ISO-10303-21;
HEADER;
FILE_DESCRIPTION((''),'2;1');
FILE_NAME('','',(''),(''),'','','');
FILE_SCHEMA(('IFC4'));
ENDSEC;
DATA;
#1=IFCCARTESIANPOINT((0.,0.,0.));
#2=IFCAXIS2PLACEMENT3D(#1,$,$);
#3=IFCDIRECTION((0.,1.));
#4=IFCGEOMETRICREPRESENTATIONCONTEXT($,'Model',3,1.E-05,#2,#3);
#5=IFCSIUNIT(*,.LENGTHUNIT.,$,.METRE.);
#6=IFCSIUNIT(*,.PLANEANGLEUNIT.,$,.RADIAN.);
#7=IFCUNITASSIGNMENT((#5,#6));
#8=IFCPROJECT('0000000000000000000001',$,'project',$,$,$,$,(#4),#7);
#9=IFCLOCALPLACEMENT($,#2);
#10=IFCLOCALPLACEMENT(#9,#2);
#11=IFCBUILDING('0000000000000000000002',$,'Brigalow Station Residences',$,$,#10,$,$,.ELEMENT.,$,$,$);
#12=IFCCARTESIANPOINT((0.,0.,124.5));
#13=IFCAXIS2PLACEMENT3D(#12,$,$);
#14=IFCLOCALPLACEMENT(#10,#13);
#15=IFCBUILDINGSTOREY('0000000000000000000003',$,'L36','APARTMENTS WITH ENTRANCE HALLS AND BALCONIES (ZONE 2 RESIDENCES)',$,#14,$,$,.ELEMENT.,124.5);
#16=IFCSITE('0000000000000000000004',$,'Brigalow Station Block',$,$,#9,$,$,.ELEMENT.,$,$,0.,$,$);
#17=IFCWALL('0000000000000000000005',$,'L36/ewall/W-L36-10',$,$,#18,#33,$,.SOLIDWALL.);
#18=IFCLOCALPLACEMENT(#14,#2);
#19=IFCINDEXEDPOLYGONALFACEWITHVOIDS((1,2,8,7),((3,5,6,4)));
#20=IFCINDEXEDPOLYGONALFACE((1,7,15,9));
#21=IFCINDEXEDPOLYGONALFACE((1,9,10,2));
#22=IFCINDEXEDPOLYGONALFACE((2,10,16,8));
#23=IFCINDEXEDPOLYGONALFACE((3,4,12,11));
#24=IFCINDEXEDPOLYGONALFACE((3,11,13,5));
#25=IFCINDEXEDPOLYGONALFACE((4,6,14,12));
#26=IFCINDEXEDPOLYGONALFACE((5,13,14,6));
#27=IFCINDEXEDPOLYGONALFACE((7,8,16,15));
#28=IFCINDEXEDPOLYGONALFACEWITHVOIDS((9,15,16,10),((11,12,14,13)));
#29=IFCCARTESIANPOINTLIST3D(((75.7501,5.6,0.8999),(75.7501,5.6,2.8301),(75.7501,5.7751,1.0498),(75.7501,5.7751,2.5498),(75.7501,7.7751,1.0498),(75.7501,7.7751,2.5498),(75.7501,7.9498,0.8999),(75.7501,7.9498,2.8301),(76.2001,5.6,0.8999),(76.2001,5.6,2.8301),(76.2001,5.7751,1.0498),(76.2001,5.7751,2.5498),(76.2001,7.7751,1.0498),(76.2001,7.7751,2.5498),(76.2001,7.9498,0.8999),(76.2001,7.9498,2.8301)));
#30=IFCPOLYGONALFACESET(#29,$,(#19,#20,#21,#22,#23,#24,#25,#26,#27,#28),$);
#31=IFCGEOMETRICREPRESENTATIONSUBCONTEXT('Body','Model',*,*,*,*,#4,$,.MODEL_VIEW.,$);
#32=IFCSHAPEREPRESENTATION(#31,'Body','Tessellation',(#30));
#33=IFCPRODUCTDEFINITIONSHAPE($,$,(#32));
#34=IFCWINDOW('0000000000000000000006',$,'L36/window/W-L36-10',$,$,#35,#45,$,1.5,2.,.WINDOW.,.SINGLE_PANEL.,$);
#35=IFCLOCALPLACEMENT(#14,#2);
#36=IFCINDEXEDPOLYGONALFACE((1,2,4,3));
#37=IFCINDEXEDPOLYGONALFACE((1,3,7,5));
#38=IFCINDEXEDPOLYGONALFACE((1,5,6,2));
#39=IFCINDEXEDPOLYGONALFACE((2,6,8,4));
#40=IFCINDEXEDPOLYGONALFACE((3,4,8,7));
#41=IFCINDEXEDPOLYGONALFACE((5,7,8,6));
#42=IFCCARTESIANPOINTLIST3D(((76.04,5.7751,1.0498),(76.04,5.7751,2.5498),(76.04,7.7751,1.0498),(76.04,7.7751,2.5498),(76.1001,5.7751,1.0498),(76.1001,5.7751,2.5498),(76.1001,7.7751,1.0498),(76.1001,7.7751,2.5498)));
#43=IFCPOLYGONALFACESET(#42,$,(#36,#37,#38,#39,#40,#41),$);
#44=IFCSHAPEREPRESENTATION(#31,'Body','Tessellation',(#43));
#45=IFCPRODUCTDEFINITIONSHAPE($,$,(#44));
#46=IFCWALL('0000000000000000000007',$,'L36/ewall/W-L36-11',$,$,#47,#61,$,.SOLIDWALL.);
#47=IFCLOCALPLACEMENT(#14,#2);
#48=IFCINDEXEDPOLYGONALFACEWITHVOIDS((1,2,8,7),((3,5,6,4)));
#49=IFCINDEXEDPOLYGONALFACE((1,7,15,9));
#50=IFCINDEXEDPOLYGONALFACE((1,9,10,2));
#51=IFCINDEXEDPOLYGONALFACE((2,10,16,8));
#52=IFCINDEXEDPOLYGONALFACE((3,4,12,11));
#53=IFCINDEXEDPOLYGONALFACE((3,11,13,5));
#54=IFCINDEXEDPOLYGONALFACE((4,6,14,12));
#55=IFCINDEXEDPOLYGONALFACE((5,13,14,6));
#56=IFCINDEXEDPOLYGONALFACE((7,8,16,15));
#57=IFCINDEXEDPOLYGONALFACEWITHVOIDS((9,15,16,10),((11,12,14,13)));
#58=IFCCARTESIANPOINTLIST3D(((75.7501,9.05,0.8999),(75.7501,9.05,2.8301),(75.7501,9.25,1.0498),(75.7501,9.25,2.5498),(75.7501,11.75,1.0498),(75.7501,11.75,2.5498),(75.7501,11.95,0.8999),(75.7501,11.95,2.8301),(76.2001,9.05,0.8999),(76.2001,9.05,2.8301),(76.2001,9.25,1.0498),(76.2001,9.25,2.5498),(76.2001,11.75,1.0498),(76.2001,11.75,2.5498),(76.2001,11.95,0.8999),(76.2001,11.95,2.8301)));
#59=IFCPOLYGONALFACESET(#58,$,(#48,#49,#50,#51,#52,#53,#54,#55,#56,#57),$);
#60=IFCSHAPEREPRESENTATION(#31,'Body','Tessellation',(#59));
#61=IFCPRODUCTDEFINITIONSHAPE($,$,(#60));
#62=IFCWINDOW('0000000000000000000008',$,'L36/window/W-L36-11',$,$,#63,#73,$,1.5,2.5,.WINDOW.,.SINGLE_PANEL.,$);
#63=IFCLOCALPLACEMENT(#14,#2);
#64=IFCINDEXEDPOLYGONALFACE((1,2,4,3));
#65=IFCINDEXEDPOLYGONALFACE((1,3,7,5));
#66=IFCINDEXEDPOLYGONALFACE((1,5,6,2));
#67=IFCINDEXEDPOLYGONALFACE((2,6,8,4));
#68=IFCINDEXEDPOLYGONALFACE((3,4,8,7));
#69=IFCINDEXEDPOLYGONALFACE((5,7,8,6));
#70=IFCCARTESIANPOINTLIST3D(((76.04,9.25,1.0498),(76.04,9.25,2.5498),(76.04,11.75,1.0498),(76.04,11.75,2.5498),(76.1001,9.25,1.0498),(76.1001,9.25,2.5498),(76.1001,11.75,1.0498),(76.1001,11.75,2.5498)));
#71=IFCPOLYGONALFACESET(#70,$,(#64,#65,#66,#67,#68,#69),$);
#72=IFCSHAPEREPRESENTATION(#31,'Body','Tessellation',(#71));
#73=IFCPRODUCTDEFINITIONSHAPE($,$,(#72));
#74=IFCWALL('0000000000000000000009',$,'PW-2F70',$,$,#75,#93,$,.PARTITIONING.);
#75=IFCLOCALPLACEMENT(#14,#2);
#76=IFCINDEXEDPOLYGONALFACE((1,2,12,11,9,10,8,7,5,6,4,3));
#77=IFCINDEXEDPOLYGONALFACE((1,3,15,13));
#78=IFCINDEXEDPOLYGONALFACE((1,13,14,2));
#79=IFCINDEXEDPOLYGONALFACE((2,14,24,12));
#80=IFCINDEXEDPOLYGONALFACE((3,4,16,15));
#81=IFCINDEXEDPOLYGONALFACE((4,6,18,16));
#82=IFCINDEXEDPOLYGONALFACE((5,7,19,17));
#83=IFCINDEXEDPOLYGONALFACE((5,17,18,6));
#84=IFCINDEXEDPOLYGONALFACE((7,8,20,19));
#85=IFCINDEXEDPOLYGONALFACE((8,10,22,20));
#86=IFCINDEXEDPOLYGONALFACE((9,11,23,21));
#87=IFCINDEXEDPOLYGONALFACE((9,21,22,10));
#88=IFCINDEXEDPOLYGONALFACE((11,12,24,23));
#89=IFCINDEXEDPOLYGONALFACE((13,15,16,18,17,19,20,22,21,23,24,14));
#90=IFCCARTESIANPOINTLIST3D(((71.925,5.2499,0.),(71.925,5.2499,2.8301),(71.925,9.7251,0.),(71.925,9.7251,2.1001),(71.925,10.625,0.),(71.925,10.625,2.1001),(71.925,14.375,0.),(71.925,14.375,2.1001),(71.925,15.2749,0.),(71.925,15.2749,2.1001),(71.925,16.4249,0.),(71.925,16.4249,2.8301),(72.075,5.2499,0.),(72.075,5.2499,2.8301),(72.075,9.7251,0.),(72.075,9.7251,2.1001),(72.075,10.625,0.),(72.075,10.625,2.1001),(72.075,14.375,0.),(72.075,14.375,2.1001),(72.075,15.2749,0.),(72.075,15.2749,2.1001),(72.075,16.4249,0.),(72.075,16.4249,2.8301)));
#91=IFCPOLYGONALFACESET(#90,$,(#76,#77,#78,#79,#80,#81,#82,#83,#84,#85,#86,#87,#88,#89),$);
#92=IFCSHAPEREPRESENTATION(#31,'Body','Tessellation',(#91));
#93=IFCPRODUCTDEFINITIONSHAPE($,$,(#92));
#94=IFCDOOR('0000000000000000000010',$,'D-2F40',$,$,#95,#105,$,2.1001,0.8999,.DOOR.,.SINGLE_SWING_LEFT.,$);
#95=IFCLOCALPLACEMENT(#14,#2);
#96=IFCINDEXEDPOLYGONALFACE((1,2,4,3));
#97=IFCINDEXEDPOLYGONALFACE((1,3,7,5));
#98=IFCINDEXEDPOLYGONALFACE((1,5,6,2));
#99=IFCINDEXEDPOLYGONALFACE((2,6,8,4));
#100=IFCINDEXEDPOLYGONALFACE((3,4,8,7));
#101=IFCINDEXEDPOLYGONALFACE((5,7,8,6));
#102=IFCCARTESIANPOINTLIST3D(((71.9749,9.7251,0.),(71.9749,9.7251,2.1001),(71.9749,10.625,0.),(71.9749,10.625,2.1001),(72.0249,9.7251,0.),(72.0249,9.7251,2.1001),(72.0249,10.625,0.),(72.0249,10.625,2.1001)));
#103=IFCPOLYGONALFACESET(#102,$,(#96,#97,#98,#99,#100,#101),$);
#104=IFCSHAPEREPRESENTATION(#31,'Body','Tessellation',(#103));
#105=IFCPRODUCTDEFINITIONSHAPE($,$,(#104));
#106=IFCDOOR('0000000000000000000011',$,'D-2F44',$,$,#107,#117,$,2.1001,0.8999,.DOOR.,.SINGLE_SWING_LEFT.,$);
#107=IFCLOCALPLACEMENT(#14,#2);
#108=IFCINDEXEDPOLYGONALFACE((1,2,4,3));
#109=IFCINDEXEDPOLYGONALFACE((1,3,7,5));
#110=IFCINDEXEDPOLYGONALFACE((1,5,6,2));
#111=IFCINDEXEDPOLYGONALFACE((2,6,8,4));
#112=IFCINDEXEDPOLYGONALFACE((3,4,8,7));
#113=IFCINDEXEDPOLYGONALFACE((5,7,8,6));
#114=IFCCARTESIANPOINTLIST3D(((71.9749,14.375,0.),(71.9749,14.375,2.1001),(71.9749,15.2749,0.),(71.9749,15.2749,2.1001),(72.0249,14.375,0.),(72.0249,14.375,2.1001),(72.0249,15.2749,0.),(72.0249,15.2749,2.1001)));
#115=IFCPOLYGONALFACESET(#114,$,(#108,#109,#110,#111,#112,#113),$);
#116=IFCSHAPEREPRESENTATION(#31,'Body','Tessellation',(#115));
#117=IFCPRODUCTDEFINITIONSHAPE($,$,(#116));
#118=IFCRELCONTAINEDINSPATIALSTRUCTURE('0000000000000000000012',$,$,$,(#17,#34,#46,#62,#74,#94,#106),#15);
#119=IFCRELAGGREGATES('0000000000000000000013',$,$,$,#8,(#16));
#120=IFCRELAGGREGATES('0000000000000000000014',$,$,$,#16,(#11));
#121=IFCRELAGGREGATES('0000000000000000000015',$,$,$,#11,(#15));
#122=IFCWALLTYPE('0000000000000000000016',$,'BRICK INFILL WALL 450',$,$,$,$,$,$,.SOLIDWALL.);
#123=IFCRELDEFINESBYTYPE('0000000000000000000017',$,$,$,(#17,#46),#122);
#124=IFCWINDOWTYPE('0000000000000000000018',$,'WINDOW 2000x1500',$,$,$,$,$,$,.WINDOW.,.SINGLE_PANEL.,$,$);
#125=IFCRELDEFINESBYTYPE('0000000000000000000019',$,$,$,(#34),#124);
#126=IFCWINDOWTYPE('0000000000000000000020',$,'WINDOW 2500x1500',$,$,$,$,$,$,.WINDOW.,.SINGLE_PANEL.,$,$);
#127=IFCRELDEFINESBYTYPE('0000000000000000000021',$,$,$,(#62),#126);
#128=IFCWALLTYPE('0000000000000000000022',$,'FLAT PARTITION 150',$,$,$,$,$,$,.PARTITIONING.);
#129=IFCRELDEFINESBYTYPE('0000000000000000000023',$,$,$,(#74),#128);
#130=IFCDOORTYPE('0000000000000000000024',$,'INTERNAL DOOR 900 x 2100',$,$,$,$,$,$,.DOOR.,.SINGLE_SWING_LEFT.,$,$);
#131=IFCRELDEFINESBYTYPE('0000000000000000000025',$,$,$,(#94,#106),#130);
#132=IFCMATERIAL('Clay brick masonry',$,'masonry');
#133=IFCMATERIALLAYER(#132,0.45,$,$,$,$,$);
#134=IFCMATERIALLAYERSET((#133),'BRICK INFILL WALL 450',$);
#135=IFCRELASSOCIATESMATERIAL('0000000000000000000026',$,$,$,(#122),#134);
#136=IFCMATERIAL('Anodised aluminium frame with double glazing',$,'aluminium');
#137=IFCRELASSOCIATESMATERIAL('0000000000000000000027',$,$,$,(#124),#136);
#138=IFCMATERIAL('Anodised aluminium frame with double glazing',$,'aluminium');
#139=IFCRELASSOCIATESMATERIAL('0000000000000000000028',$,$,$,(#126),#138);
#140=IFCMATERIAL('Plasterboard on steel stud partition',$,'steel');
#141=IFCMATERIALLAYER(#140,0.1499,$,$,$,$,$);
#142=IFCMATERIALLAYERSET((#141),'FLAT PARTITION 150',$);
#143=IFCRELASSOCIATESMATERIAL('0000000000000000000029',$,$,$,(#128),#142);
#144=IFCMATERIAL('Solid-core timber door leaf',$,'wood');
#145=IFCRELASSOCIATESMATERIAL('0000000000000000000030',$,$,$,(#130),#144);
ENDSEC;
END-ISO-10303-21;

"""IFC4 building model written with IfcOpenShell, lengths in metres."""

from ifc_helpers import new_model, si_unit, direction, frame, frame_2d, origin, place, context, subcontext, project, spatial, rectangle, extrude, material, layer, layer_set, type_object, element, fill, save


model = new_model("IFC4")

# Units and contexts
model_context = context("Model", 3, precision=1e-05, world=origin(), true_north=direction((0.0, 1.0)))
body_context = subcontext(model_context, "Body", "Model", "MODEL_VIEW")
ifc_project = project(units=[si_unit("LENGTHUNIT", "METRE"), si_unit("PLANEANGLEUNIT", "RADIAN")], contexts=[model_context])

# Site, building, storey
site_placement = place(None, origin())
site = spatial("IfcSite", under=ifc_project, at=site_placement, Name="Brigalow Station Block", CompositionType="ELEMENT", RefElevation=0.0)
building_placement = place(site_placement, origin())
building = spatial("IfcBuilding", under=site, at=building_placement, Name="Brigalow Station Residences", CompositionType="ELEMENT")
storey_placement = place(building_placement, frame((0.0, 0.0, 124.5)))
storey = spatial("IfcBuildingStorey", under=building, at=storey_placement, Name="L36", Description="APARTMENTS WITH ENTRANCE HALLS AND BALCONIES (ZONE 2 RESIDENCES)", CompositionType="ELEMENT", Elevation=124.5)

# Walls, openings, windows
ifc_material_1 = material(Name="Clay brick masonry", Category="masonry")
ifc_layer_1 = layer(ifc_material_1, 0.45)
ifc_layer_set_1 = layer_set([ifc_layer_1], Name="BRICK INFILL WALL 450")
wall_type_1 = type_object("IfcWallType", Name="BRICK INFILL WALL 450", PredefinedType="SOLIDWALL", material=ifc_layer_set_1)
wall_1_placement = place(storey_placement, frame((75.9751, 5.6001, 0.8999), z_axis=(0.0, 0.0, 1.0), x_axis=(0.0, 1.0, 0.0)))
wall_1 = element("IfcWall", 1, at=wall_1_placement, inside=storey, type_object=wall_type_1, Name="L36/ewall/W-L36-10", PredefinedType="SOLIDWALL", context=body_context, shape_type="SweptSolid", body=[
    extrude(rectangle(XDim=2.3499, YDim=0.45, at=frame_2d((1.1748, 0.0))), origin(), (0.0, 0.0, 1.0), 1.9302),
])
opening_1_placement = place(wall_1_placement, frame((0.175, 0.0, 0.1499)))
opening_1 = element("IfcOpeningElement", 2, at=opening_1_placement, cuts=wall_1, PredefinedType="OPENING", context=body_context, shape_type="SweptSolid", body=[
    extrude(rectangle(XDim=2.0, YDim=1.5, at=frame_2d((1.0, 0.75))), frame((0.0, 0.2349, 0.0), z_axis=(0.0, -1.0, 0.0), x_axis=(1.0, 0.0, 0.0)), (0.0, 0.0, 1.0), 0.47),
])
ifc_material_2 = material(Name="Anodised aluminium frame with double glazing", Category="aluminium")
window_type_1 = type_object("IfcWindowType", Name="WINDOW 2000x1500", PartitioningType="SINGLE_PANEL", PredefinedType="WINDOW", material=ifc_material_2)
window_1_placement = place(opening_1_placement, origin())
window_1 = element("IfcWindow", 3, at=window_1_placement, inside=storey, type_object=window_type_1, Name="L36/window/W-L36-10", OverallHeight=1.5, OverallWidth=2.0, PartitioningType="SINGLE_PANEL", PredefinedType="WINDOW", context=body_context, shape_type="SweptSolid", body=[
    extrude(rectangle(XDim=2.0, YDim=1.5, at=frame_2d((1.0, 0.75))), frame((0.0, -0.0649, 0.0), z_axis=(0.0, -1.0, 0.0), x_axis=(1.0, 0.0, 0.0)), (0.0, 0.0, 1.0), 0.0601),
])
fill(opening_1, window_1)
wall_2_placement = place(storey_placement, frame((75.9751, 9.05, 0.8999), z_axis=(0.0, 0.0, 1.0), x_axis=(0.0, 1.0, 0.0)))
wall_2 = element("IfcWall", 4, at=wall_2_placement, inside=storey, type_object=wall_type_1, Name="L36/ewall/W-L36-11", PredefinedType="SOLIDWALL", context=body_context, shape_type="SweptSolid", body=[
    extrude(rectangle(XDim=2.8999, YDim=0.45, at=frame_2d((1.45, 0.0))), origin(), (0.0, 0.0, 1.0), 1.9302),
])
opening_2_placement = place(wall_2_placement, frame((0.2, 0.0, 0.1499)))
opening_2 = element("IfcOpeningElement", 5, at=opening_2_placement, cuts=wall_2, PredefinedType="OPENING", context=body_context, shape_type="SweptSolid", body=[
    extrude(rectangle(XDim=2.5, YDim=1.5, at=frame_2d((1.25, 0.75))), frame((0.0, 0.2349, 0.0), z_axis=(0.0, -1.0, 0.0), x_axis=(1.0, 0.0, 0.0)), (0.0, 0.0, 1.0), 0.47),
])
ifc_material_3 = material(Name="Anodised aluminium frame with double glazing", Category="aluminium")
window_type_2 = type_object("IfcWindowType", Name="WINDOW 2500x1500", PartitioningType="SINGLE_PANEL", PredefinedType="WINDOW", material=ifc_material_3)
window_2_placement = place(opening_2_placement, origin())
window_2 = element("IfcWindow", 6, at=window_2_placement, inside=storey, type_object=window_type_2, Name="L36/window/W-L36-11", OverallHeight=1.5, OverallWidth=2.5, PartitioningType="SINGLE_PANEL", PredefinedType="WINDOW", context=body_context, shape_type="SweptSolid", body=[
    extrude(rectangle(XDim=2.5, YDim=1.5, at=frame_2d((1.25, 0.75))), frame((0.0, -0.0649, 0.0), z_axis=(0.0, -1.0, 0.0), x_axis=(1.0, 0.0, 0.0)), (0.0, 0.0, 1.0), 0.0601),
])
fill(opening_2, window_2)

# Wall, openings, doors
ifc_material_4 = material(Name="Plasterboard on steel stud partition", Category="steel")
ifc_layer_2 = layer(ifc_material_4, 0.1499)
ifc_layer_set_2 = layer_set([ifc_layer_2], Name="FLAT PARTITION 150")
wall_type_2 = type_object("IfcWallType", Name="FLAT PARTITION 150", PredefinedType="PARTITIONING", material=ifc_layer_set_2)
wall_3_placement = place(storey_placement, frame((72.0, 5.25, 0.0), z_axis=(0.0, 0.0, 1.0), x_axis=(0.0, 1.0, 0.0)))
wall_3 = element("IfcWall", 7, at=wall_3_placement, inside=storey, type_object=wall_type_2, Name="PW-2F70", PredefinedType="PARTITIONING", context=body_context, shape_type="SweptSolid", body=[
    extrude(rectangle(XDim=11.175, YDim=0.1499, at=frame_2d((5.5874, 0.0))), origin(), (0.0, 0.0, 1.0), 2.8301),
])
opening_3_placement = place(wall_3_placement, frame((4.4751, 0.0, 0.0)))
opening_3 = element("IfcOpeningElement", 8, at=opening_3_placement, cuts=wall_3, PredefinedType="OPENING", context=body_context, shape_type="SweptSolid", body=[
    extrude(rectangle(XDim=0.8999, YDim=2.1001, at=frame_2d((0.45, 1.05))), frame((0.0, 0.085, 0.0), z_axis=(0.0, -1.0, 0.0), x_axis=(1.0, 0.0, 0.0)), (0.0, 0.0, 1.0), 0.1699),
])
opening_4_placement = place(wall_3_placement, frame((9.125, 0.0, 0.0)))
opening_4 = element("IfcOpeningElement", 9, at=opening_4_placement, cuts=wall_3, PredefinedType="OPENING", context=body_context, shape_type="SweptSolid", body=[
    extrude(rectangle(XDim=0.8999, YDim=2.1001, at=frame_2d((0.45, 1.05))), frame((0.0, 0.085, 0.0), z_axis=(0.0, -1.0, 0.0), x_axis=(1.0, 0.0, 0.0)), (0.0, 0.0, 1.0), 0.1699),
])
ifc_material_5 = material(Name="Solid-core timber door leaf", Category="wood")
door_type = type_object("IfcDoorType", Name="INTERNAL DOOR 900 x 2100", OperationType="SINGLE_SWING_LEFT", PredefinedType="DOOR", material=ifc_material_5)
door_1_placement = place(opening_3_placement, frame((0.8999, 0.0, 0.0), z_axis=(0.0, 0.0, 1.0), x_axis=(-1.0, 0.0, 0.0)))
door_1 = element("IfcDoor", 10, at=door_1_placement, inside=storey, type_object=door_type, Name="D-2F40", OperationType="SINGLE_SWING_LEFT", OverallHeight=2.1001, OverallWidth=0.8999, PredefinedType="DOOR", context=body_context, shape_type="SweptSolid", body=[
    extrude(rectangle(XDim=0.8999, YDim=2.1001, at=frame_2d((0.45, 1.05))), frame((0.0, 0.0249, 0.0), z_axis=(0.0, -1.0, 0.0), x_axis=(1.0, 0.0, 0.0)), (0.0, 0.0, 1.0), 0.05),
])
fill(opening_3, door_1)
door_2_placement = place(opening_4_placement, frame((0.8999, 0.0, 0.0), z_axis=(0.0, 0.0, 1.0), x_axis=(-1.0, 0.0, 0.0)))
door_2 = element("IfcDoor", 11, at=door_2_placement, inside=storey, type_object=door_type, Name="D-2F44", OperationType="SINGLE_SWING_LEFT", OverallHeight=2.1001, OverallWidth=0.8999, PredefinedType="DOOR", context=body_context, shape_type="SweptSolid", body=[
    extrude(rectangle(XDim=0.8999, YDim=2.1001, at=frame_2d((0.45, 1.05))), frame((0.0, 0.0249, 0.0), z_axis=(0.0, -1.0, 0.0), x_axis=(1.0, 0.0, 0.0)), (0.0, 0.0, 1.0), 0.05),
])
fill(opening_4, door_2)

save(model, "model.ifc")
